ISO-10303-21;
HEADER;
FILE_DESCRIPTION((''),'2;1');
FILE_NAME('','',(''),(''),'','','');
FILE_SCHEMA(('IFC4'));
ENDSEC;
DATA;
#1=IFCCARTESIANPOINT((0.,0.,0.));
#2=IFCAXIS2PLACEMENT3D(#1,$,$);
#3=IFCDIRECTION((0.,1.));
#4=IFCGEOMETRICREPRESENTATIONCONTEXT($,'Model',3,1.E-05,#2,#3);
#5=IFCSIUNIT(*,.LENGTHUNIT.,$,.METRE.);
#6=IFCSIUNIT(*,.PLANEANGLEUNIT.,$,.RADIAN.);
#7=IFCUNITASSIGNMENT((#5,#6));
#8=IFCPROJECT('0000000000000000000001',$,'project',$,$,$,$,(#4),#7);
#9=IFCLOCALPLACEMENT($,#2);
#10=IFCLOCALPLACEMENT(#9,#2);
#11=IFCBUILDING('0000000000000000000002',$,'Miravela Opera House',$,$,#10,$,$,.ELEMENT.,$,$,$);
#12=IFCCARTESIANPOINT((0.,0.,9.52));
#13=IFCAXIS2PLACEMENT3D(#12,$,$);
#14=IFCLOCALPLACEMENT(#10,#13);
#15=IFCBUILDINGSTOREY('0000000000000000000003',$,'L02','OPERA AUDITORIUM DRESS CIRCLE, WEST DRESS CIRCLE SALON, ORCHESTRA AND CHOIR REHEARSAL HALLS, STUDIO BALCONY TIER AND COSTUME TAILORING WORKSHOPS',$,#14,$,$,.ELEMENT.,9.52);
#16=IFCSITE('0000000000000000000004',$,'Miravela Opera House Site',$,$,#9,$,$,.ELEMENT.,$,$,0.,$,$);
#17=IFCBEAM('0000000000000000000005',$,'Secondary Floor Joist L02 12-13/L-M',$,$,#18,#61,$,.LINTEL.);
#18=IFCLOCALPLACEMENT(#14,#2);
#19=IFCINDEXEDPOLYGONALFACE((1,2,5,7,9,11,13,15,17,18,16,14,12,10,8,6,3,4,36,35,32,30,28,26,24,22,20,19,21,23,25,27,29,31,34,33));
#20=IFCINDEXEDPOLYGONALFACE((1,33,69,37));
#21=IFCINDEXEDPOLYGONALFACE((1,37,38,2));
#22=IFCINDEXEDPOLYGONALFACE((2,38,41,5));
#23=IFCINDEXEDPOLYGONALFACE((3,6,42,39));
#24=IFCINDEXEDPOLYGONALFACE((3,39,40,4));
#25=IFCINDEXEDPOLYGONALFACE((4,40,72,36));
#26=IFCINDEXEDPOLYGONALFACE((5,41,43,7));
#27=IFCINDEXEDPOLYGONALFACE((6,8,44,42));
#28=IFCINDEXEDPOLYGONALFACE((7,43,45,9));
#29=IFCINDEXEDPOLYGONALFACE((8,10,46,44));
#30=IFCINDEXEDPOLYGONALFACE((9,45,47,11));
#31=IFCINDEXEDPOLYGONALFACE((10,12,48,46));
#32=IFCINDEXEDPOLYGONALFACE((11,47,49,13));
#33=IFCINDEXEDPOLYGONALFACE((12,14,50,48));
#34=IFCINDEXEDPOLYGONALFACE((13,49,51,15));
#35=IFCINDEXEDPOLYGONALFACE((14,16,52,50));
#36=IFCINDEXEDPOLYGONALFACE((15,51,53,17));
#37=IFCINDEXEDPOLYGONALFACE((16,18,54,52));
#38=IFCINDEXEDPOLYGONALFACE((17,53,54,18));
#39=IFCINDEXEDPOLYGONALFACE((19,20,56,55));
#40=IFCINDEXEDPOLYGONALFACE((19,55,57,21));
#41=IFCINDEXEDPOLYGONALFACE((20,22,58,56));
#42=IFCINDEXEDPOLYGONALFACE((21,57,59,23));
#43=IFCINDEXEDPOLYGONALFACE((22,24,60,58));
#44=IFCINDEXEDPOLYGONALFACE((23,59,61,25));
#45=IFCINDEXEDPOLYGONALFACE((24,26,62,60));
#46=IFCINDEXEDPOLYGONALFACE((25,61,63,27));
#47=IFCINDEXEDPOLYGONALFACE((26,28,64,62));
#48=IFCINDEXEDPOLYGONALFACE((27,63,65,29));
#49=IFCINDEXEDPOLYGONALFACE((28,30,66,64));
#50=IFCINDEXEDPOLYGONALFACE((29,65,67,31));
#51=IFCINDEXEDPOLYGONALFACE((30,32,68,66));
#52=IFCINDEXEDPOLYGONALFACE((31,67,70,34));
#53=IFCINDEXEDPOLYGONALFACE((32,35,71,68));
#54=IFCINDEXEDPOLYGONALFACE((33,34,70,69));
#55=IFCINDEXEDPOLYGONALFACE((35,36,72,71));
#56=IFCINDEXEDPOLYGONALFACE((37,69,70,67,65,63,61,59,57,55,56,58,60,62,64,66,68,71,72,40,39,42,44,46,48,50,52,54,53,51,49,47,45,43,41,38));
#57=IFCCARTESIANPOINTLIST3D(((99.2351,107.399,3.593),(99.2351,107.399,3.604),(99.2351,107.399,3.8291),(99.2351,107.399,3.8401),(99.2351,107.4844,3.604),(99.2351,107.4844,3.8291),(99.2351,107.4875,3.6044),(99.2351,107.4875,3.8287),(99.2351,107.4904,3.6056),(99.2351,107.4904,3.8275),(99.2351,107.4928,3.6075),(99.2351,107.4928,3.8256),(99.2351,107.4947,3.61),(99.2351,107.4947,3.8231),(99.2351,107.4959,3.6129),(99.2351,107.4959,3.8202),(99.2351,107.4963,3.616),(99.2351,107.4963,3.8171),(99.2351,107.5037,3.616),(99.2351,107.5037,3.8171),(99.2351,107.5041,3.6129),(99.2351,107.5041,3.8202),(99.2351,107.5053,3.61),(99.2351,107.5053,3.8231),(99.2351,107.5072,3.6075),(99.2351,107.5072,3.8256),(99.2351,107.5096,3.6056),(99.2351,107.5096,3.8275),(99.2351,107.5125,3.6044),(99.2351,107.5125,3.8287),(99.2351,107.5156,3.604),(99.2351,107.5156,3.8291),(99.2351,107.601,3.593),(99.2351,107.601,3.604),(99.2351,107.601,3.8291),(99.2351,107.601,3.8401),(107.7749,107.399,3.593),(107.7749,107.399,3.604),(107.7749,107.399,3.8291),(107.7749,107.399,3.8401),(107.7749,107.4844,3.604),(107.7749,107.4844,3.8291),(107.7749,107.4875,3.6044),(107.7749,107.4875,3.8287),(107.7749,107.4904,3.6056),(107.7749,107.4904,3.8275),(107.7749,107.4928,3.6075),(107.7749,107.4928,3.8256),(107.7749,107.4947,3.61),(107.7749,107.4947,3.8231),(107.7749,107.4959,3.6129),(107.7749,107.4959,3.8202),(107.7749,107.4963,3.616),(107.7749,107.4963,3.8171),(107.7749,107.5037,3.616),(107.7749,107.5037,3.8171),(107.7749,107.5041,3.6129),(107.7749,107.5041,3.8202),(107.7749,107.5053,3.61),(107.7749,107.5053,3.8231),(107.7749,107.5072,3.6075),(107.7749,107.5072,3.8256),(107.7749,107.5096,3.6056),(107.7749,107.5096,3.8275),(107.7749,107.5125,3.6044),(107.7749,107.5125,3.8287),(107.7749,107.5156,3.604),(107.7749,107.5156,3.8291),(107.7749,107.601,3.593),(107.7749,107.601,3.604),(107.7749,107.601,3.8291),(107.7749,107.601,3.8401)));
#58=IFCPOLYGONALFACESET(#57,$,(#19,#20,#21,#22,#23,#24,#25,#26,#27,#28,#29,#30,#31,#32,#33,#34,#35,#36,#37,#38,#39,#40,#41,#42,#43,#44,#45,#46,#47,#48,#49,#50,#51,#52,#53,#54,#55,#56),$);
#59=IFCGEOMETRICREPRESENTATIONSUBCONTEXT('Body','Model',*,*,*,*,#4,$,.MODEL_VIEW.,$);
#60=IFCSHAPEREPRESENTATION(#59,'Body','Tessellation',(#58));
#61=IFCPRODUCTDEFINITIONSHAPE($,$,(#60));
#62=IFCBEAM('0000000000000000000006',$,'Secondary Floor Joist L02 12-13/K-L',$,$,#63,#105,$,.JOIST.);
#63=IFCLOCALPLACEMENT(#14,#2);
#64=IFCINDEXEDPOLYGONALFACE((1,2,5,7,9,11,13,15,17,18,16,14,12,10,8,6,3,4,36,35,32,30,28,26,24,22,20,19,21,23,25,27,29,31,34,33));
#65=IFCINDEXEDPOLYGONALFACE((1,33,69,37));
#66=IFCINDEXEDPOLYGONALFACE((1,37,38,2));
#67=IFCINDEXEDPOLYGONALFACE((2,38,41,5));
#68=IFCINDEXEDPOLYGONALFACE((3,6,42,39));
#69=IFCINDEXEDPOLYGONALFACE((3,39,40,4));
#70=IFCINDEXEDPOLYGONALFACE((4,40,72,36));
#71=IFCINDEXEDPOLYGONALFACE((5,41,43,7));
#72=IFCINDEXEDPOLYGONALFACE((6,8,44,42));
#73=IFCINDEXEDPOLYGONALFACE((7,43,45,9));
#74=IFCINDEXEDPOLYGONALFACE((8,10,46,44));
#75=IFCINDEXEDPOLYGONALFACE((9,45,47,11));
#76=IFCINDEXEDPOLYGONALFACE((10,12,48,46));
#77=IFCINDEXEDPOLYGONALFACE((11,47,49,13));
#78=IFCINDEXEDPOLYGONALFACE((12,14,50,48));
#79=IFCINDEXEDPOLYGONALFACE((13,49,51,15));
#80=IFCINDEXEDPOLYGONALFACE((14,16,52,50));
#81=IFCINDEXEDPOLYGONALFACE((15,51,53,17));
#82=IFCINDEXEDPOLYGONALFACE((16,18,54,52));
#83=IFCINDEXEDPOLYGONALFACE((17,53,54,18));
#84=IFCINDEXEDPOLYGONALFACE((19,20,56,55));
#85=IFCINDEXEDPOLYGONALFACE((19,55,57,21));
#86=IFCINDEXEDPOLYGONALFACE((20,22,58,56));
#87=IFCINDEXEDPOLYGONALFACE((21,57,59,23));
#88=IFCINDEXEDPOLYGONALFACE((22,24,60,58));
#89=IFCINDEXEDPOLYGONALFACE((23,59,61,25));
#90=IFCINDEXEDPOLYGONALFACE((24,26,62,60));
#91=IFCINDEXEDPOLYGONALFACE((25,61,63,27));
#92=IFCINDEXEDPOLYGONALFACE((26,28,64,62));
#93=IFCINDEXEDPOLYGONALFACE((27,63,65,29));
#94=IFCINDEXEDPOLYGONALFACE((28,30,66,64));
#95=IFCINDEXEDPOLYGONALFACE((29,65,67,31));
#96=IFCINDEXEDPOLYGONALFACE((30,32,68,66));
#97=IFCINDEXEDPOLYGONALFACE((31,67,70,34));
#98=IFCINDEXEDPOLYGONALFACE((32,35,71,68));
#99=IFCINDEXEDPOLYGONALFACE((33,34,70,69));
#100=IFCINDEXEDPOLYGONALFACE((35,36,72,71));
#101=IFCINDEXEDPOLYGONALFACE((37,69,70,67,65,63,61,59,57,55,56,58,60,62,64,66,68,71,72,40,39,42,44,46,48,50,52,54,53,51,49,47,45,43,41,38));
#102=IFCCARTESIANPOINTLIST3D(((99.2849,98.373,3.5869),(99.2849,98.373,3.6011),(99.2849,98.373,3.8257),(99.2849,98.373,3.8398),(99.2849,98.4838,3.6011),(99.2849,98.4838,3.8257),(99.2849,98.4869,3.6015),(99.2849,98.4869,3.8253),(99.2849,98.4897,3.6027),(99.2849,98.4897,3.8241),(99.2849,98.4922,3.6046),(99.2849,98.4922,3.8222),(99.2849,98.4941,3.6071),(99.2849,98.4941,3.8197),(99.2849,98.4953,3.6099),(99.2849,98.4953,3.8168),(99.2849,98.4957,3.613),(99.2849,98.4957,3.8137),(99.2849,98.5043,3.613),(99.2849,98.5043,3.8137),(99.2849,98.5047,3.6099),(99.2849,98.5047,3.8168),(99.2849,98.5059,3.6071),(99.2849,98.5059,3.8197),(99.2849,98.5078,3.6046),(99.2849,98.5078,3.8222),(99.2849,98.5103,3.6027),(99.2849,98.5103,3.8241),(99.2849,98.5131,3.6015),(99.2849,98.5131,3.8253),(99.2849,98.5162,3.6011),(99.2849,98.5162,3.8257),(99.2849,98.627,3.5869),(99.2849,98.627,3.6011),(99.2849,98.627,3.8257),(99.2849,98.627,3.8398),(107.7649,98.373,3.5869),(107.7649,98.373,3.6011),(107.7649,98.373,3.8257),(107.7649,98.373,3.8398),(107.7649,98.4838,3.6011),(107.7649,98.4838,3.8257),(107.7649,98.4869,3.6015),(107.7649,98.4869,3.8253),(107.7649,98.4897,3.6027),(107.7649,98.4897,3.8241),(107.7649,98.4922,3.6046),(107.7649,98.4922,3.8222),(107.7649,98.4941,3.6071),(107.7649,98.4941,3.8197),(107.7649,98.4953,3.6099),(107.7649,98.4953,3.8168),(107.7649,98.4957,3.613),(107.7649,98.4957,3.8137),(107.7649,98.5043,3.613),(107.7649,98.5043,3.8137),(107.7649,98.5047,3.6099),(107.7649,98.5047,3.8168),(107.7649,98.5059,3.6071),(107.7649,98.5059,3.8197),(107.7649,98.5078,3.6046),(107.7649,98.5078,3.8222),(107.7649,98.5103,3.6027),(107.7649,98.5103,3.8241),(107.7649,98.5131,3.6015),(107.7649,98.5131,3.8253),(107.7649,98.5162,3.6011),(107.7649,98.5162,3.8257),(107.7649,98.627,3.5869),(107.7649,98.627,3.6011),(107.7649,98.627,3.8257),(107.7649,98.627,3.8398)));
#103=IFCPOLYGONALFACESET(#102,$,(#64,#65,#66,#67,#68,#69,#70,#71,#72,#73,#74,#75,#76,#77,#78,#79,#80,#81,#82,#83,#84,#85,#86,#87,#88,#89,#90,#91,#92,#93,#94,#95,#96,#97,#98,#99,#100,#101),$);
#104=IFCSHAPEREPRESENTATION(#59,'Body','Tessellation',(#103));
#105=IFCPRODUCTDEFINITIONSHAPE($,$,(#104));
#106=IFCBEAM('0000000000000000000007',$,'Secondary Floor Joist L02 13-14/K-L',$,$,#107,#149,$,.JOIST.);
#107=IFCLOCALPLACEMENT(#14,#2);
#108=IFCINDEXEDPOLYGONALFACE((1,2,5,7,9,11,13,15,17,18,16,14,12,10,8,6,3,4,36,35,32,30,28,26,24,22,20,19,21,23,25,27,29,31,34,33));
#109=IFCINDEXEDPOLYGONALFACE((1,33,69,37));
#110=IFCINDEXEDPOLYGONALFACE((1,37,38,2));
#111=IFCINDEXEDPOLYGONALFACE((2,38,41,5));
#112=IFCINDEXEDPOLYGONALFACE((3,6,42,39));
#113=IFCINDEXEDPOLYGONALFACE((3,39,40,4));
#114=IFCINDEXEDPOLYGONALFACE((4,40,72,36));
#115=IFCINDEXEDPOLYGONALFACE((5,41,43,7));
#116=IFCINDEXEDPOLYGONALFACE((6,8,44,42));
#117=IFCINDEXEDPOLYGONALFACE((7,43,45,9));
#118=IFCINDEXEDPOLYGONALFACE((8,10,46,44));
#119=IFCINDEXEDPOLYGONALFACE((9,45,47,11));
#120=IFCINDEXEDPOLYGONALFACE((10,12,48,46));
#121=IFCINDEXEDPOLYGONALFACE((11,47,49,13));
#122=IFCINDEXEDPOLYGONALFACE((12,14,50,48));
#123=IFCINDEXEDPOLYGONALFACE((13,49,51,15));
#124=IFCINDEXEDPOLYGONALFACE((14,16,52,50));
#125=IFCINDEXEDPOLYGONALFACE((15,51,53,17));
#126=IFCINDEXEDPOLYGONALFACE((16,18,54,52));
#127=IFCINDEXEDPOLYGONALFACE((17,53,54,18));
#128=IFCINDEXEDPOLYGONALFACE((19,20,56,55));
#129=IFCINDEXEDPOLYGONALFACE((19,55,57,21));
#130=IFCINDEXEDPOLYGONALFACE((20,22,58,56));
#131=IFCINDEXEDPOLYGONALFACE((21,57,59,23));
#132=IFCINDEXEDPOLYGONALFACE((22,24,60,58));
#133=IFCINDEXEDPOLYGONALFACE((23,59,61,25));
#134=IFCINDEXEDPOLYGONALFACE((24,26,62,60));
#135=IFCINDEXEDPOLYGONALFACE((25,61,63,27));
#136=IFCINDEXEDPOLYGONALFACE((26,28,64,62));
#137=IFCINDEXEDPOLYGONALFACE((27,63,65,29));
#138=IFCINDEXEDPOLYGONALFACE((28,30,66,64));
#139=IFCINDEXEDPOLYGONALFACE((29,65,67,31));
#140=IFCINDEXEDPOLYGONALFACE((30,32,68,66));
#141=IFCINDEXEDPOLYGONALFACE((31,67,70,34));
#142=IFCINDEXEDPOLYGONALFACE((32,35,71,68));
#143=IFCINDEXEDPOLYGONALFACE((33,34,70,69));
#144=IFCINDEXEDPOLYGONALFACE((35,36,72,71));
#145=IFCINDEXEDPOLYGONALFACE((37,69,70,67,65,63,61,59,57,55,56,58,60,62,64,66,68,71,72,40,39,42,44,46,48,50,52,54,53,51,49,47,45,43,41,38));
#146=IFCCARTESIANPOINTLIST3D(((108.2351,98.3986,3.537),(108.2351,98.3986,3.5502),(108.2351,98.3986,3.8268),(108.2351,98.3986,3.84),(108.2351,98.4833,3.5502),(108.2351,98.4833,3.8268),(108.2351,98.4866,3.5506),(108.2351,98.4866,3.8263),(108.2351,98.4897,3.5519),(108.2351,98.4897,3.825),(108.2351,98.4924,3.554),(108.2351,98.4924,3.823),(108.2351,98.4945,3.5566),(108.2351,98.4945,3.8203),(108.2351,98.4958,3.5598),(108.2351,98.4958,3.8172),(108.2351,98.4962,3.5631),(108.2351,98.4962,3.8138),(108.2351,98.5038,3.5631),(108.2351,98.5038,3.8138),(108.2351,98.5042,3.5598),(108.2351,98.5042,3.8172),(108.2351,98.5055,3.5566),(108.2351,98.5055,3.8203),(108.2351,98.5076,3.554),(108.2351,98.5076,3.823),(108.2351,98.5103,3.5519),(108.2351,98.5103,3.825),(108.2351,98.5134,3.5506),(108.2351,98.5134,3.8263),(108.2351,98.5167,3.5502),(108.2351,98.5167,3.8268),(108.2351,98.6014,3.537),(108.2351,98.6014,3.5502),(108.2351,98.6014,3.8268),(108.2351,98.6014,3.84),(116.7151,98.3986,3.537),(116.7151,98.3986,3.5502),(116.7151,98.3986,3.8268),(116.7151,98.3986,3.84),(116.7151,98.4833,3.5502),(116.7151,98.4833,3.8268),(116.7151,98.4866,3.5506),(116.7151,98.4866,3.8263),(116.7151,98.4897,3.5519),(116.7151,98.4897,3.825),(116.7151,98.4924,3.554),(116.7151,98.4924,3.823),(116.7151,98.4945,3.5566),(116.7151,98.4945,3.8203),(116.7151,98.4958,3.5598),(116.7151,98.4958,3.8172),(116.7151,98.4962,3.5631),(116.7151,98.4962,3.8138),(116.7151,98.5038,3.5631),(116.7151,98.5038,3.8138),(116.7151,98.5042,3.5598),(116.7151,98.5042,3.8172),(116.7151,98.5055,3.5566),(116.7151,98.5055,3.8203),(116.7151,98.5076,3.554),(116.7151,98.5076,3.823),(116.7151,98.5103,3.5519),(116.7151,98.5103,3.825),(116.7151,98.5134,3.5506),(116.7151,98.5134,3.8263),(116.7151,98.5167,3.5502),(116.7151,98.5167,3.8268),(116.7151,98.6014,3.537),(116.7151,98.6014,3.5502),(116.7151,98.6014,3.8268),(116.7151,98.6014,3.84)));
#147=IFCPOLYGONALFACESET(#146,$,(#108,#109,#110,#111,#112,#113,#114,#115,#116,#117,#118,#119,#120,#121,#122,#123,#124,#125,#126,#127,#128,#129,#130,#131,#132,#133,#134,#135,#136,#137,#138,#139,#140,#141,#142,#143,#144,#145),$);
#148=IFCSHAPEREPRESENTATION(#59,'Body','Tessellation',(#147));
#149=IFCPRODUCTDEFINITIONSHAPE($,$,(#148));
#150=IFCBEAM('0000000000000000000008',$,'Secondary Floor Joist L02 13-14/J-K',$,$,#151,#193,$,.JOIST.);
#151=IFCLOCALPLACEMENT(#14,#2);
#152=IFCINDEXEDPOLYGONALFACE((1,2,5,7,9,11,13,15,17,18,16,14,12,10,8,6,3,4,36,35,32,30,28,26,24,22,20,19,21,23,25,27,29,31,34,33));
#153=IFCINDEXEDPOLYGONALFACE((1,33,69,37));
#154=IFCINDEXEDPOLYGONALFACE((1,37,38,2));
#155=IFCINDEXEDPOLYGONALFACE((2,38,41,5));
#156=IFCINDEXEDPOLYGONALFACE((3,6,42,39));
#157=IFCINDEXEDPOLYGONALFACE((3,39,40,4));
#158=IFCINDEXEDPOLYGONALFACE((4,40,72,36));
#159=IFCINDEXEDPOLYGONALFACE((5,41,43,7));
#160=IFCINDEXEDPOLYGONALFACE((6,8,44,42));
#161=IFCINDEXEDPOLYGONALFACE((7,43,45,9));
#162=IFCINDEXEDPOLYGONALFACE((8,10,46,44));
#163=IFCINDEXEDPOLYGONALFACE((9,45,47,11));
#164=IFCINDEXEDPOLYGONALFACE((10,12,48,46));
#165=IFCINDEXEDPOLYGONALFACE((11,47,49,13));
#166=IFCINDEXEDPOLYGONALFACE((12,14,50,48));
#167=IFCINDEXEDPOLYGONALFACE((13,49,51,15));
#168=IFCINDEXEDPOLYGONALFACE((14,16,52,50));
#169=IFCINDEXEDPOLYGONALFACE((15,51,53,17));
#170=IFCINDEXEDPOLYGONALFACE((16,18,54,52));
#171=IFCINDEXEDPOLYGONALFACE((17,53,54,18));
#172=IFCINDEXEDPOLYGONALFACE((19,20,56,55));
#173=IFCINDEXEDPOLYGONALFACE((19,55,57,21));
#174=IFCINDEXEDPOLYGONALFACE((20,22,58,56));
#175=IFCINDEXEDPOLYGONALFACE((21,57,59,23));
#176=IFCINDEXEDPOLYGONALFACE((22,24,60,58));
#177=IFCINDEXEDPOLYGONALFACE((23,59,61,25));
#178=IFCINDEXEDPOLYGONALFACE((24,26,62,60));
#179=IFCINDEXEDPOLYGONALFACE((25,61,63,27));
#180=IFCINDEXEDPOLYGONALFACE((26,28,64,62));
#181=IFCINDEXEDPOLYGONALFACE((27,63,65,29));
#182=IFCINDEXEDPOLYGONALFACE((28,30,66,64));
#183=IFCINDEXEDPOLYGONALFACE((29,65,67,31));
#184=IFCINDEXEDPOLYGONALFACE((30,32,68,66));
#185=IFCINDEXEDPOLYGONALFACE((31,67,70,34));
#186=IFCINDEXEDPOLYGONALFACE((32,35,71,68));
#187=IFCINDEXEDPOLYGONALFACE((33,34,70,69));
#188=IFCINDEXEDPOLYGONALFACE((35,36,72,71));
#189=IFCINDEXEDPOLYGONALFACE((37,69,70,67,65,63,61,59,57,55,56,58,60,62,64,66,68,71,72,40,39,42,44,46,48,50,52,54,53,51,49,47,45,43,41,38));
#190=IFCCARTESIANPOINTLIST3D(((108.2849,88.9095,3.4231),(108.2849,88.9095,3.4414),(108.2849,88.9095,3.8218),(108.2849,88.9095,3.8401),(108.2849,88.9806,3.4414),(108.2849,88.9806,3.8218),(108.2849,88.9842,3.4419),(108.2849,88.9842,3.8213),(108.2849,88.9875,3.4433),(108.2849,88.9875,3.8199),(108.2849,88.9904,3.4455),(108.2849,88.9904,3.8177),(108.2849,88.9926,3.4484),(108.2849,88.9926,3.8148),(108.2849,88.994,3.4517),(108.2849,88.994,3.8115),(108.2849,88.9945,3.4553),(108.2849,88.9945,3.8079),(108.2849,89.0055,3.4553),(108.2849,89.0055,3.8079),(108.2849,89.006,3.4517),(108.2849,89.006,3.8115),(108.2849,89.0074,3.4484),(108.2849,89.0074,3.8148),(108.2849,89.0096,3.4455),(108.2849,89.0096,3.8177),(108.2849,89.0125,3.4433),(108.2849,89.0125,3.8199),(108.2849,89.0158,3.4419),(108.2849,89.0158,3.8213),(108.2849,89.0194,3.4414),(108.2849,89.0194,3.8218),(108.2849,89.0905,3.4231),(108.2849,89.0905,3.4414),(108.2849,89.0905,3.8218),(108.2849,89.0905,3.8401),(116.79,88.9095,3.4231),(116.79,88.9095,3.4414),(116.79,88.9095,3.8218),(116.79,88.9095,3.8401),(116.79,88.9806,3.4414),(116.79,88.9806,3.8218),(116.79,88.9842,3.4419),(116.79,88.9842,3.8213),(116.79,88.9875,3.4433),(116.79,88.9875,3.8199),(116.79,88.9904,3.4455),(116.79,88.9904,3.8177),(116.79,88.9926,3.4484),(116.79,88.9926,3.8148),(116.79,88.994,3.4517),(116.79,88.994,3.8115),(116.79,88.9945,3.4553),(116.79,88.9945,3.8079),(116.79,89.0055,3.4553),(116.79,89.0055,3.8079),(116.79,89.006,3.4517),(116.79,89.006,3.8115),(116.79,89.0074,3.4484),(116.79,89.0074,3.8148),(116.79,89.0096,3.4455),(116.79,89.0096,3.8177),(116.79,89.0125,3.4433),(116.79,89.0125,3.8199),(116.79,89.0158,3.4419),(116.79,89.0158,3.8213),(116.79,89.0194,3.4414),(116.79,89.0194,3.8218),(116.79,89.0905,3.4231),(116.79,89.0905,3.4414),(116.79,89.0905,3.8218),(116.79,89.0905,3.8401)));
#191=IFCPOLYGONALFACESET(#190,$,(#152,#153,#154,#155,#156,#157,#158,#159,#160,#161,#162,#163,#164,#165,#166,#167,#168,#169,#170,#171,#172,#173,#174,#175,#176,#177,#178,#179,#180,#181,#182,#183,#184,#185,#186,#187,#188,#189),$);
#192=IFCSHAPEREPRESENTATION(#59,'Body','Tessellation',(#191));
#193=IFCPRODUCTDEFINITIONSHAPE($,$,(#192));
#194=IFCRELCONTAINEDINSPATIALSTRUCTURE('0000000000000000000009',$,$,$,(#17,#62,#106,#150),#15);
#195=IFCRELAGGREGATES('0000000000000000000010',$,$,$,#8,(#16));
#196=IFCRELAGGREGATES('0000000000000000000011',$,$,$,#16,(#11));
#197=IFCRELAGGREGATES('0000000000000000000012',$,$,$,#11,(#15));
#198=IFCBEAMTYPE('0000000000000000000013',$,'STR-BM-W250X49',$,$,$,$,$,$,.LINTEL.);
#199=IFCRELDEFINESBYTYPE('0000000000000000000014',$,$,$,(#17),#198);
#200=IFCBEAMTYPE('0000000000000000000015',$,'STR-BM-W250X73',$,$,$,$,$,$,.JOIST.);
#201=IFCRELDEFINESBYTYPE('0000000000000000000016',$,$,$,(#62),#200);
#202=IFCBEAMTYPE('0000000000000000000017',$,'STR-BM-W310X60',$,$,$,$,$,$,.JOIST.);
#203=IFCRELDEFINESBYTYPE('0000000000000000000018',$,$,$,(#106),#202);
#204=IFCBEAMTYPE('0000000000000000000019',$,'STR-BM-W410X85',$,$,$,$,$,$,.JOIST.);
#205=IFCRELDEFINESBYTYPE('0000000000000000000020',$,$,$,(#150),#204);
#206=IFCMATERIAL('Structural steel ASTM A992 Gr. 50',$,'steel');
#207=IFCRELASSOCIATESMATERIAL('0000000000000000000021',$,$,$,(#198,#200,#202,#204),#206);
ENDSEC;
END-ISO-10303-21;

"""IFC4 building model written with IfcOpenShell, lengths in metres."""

from ifc_helpers import new_model, si_unit, direction, frame, origin, origin_2d, place, context, subcontext, project, spatial, i_section, extrude, material, material_profile, profile_set, type_object, element, save


model = new_model("IFC4")

# Units and contexts
model_context = context("Model", 3, precision=1e-05, world=origin(), true_north=direction((0.0, 1.0)))
body_context = subcontext(model_context, "Body", "Model", "MODEL_VIEW")
ifc_project = project(units=[si_unit("LENGTHUNIT", "METRE"), si_unit("PLANEANGLEUNIT", "RADIAN")], contexts=[model_context])

# Site, building, storey
site_placement = place(None, origin())
site = spatial("IfcSite", under=ifc_project, at=site_placement, Name="Miravela Opera House Site", CompositionType="ELEMENT", RefElevation=0.0)
building_placement = place(site_placement, origin())
building = spatial("IfcBuilding", under=site, at=building_placement, Name="Miravela Opera House", CompositionType="ELEMENT")
storey_placement = place(building_placement, frame((0.0, 0.0, 9.52)))
storey = spatial("IfcBuildingStorey", under=building, at=storey_placement, Name="L02", Description="OPERA AUDITORIUM DRESS CIRCLE, WEST DRESS CIRCLE SALON, ORCHESTRA AND CHOIR REHEARSAL HALLS, STUDIO BALCONY TIER AND COSTUME TAILORING WORKSHOPS", CompositionType="ELEMENT", Elevation=9.52)

# Beams
ifc_material_1 = material(Name="Structural steel ASTM A992 Gr. 50", Category="steel")
ifc_material_profile_1 = material_profile(ifc_material_1, i_section(OverallWidth=0.2019, OverallDepth=0.2471, WebThickness=0.0073, FlangeThickness=0.011, FilletRadius=0.012, at=origin_2d()), Name="W250X49")
ifc_profile_set_1 = profile_set([ifc_material_profile_1])
beam_type_1 = type_object("IfcBeamType", Name="STR-BM-W250X49", PredefinedType="LINTEL", material=ifc_profile_set_1)
beam_1_placement = place(storey_placement, frame((99.2351, 107.5, 3.7166), z_axis=(1.0, 0.0, 0.0), x_axis=(0.0, 1.0, 0.0)))
element("IfcBeam", 1, at=beam_1_placement, inside=storey, type_object=beam_type_1, Name="Secondary Floor Joist L02 12-13/L-M", PredefinedType="LINTEL", context=body_context, shape_type="SweptSolid", body=[
    extrude(i_section(OverallWidth=0.2019, OverallDepth=0.2471, WebThickness=0.0073, FlangeThickness=0.011, FilletRadius=0.012, at=origin_2d()), origin(), (0.0, 0.0, 1.0), 8.5398),
])
ifc_material_profile_2 = material_profile(ifc_material_1, i_section(OverallWidth=0.2539, OverallDepth=0.2529, WebThickness=0.0085, FlangeThickness=0.0142, FilletRadius=0.012, at=origin_2d()), Name="W250X73")
ifc_profile_set_2 = profile_set([ifc_material_profile_2])
beam_type_2 = type_object("IfcBeamType", Name="STR-BM-W250X73", PredefinedType="JOIST", material=ifc_profile_set_2)
beam_2_placement = place(storey_placement, frame((99.2849, 98.5, 3.7134), z_axis=(1.0, 0.0, 0.0), x_axis=(0.0, 1.0, 0.0)))
element("IfcBeam", 2, at=beam_2_placement, inside=storey, type_object=beam_type_2, Name="Secondary Floor Joist L02 12-13/K-L", PredefinedType="JOIST", context=body_context, shape_type="SweptSolid", body=[
    extrude(i_section(OverallWidth=0.2539, OverallDepth=0.2529, WebThickness=0.0085, FlangeThickness=0.0142, FilletRadius=0.012, at=origin_2d()), origin(), (0.0, 0.0, 1.0), 8.48),
])
ifc_material_profile_3 = material_profile(ifc_material_1, i_section(OverallWidth=0.2029, OverallDepth=0.303, WebThickness=0.0076, FlangeThickness=0.0132, FilletRadius=0.0129, at=origin_2d()), Name="W310X60")
ifc_profile_set_3 = profile_set([ifc_material_profile_3])
beam_type_3 = type_object("IfcBeamType", Name="STR-BM-W310X60", PredefinedType="JOIST", material=ifc_profile_set_3)
beam_3_placement = place(storey_placement, frame((108.2351, 98.5, 3.6885), z_axis=(1.0, 0.0, 0.0), x_axis=(0.0, 1.0, 0.0)))
element("IfcBeam", 3, at=beam_3_placement, inside=storey, type_object=beam_type_3, Name="Secondary Floor Joist L02 13-14/K-L", PredefinedType="JOIST", context=body_context, shape_type="SweptSolid", body=[
    extrude(i_section(OverallWidth=0.2029, OverallDepth=0.303, WebThickness=0.0076, FlangeThickness=0.0132, FilletRadius=0.0129, at=origin_2d()), origin(), (0.0, 0.0, 1.0), 8.48),
])
ifc_material_profile_4 = material_profile(ifc_material_1, i_section(OverallWidth=0.1809, OverallDepth=0.417, WebThickness=0.011, FlangeThickness=0.0183, FilletRadius=0.0139, at=origin_2d()), Name="W410X85")
ifc_profile_set_4 = profile_set([ifc_material_profile_4])
beam_type_4 = type_object("IfcBeamType", Name="STR-BM-W410X85", PredefinedType="JOIST", material=ifc_profile_set_4)
beam_4_placement = place(storey_placement, frame((108.2849, 89.0, 3.6316), z_axis=(1.0, 0.0, 0.0), x_axis=(0.0, 1.0, 0.0)))
element("IfcBeam", 4, at=beam_4_placement, inside=storey, type_object=beam_type_4, Name="Secondary Floor Joist L02 13-14/J-K", PredefinedType="JOIST", context=body_context, shape_type="SweptSolid", body=[
    extrude(i_section(OverallWidth=0.1809, OverallDepth=0.417, WebThickness=0.011, FlangeThickness=0.0183, FilletRadius=0.0139, at=origin_2d()), origin(), (0.0, 0.0, 1.0), 8.5051),
])

save(model, "model.ifc")
